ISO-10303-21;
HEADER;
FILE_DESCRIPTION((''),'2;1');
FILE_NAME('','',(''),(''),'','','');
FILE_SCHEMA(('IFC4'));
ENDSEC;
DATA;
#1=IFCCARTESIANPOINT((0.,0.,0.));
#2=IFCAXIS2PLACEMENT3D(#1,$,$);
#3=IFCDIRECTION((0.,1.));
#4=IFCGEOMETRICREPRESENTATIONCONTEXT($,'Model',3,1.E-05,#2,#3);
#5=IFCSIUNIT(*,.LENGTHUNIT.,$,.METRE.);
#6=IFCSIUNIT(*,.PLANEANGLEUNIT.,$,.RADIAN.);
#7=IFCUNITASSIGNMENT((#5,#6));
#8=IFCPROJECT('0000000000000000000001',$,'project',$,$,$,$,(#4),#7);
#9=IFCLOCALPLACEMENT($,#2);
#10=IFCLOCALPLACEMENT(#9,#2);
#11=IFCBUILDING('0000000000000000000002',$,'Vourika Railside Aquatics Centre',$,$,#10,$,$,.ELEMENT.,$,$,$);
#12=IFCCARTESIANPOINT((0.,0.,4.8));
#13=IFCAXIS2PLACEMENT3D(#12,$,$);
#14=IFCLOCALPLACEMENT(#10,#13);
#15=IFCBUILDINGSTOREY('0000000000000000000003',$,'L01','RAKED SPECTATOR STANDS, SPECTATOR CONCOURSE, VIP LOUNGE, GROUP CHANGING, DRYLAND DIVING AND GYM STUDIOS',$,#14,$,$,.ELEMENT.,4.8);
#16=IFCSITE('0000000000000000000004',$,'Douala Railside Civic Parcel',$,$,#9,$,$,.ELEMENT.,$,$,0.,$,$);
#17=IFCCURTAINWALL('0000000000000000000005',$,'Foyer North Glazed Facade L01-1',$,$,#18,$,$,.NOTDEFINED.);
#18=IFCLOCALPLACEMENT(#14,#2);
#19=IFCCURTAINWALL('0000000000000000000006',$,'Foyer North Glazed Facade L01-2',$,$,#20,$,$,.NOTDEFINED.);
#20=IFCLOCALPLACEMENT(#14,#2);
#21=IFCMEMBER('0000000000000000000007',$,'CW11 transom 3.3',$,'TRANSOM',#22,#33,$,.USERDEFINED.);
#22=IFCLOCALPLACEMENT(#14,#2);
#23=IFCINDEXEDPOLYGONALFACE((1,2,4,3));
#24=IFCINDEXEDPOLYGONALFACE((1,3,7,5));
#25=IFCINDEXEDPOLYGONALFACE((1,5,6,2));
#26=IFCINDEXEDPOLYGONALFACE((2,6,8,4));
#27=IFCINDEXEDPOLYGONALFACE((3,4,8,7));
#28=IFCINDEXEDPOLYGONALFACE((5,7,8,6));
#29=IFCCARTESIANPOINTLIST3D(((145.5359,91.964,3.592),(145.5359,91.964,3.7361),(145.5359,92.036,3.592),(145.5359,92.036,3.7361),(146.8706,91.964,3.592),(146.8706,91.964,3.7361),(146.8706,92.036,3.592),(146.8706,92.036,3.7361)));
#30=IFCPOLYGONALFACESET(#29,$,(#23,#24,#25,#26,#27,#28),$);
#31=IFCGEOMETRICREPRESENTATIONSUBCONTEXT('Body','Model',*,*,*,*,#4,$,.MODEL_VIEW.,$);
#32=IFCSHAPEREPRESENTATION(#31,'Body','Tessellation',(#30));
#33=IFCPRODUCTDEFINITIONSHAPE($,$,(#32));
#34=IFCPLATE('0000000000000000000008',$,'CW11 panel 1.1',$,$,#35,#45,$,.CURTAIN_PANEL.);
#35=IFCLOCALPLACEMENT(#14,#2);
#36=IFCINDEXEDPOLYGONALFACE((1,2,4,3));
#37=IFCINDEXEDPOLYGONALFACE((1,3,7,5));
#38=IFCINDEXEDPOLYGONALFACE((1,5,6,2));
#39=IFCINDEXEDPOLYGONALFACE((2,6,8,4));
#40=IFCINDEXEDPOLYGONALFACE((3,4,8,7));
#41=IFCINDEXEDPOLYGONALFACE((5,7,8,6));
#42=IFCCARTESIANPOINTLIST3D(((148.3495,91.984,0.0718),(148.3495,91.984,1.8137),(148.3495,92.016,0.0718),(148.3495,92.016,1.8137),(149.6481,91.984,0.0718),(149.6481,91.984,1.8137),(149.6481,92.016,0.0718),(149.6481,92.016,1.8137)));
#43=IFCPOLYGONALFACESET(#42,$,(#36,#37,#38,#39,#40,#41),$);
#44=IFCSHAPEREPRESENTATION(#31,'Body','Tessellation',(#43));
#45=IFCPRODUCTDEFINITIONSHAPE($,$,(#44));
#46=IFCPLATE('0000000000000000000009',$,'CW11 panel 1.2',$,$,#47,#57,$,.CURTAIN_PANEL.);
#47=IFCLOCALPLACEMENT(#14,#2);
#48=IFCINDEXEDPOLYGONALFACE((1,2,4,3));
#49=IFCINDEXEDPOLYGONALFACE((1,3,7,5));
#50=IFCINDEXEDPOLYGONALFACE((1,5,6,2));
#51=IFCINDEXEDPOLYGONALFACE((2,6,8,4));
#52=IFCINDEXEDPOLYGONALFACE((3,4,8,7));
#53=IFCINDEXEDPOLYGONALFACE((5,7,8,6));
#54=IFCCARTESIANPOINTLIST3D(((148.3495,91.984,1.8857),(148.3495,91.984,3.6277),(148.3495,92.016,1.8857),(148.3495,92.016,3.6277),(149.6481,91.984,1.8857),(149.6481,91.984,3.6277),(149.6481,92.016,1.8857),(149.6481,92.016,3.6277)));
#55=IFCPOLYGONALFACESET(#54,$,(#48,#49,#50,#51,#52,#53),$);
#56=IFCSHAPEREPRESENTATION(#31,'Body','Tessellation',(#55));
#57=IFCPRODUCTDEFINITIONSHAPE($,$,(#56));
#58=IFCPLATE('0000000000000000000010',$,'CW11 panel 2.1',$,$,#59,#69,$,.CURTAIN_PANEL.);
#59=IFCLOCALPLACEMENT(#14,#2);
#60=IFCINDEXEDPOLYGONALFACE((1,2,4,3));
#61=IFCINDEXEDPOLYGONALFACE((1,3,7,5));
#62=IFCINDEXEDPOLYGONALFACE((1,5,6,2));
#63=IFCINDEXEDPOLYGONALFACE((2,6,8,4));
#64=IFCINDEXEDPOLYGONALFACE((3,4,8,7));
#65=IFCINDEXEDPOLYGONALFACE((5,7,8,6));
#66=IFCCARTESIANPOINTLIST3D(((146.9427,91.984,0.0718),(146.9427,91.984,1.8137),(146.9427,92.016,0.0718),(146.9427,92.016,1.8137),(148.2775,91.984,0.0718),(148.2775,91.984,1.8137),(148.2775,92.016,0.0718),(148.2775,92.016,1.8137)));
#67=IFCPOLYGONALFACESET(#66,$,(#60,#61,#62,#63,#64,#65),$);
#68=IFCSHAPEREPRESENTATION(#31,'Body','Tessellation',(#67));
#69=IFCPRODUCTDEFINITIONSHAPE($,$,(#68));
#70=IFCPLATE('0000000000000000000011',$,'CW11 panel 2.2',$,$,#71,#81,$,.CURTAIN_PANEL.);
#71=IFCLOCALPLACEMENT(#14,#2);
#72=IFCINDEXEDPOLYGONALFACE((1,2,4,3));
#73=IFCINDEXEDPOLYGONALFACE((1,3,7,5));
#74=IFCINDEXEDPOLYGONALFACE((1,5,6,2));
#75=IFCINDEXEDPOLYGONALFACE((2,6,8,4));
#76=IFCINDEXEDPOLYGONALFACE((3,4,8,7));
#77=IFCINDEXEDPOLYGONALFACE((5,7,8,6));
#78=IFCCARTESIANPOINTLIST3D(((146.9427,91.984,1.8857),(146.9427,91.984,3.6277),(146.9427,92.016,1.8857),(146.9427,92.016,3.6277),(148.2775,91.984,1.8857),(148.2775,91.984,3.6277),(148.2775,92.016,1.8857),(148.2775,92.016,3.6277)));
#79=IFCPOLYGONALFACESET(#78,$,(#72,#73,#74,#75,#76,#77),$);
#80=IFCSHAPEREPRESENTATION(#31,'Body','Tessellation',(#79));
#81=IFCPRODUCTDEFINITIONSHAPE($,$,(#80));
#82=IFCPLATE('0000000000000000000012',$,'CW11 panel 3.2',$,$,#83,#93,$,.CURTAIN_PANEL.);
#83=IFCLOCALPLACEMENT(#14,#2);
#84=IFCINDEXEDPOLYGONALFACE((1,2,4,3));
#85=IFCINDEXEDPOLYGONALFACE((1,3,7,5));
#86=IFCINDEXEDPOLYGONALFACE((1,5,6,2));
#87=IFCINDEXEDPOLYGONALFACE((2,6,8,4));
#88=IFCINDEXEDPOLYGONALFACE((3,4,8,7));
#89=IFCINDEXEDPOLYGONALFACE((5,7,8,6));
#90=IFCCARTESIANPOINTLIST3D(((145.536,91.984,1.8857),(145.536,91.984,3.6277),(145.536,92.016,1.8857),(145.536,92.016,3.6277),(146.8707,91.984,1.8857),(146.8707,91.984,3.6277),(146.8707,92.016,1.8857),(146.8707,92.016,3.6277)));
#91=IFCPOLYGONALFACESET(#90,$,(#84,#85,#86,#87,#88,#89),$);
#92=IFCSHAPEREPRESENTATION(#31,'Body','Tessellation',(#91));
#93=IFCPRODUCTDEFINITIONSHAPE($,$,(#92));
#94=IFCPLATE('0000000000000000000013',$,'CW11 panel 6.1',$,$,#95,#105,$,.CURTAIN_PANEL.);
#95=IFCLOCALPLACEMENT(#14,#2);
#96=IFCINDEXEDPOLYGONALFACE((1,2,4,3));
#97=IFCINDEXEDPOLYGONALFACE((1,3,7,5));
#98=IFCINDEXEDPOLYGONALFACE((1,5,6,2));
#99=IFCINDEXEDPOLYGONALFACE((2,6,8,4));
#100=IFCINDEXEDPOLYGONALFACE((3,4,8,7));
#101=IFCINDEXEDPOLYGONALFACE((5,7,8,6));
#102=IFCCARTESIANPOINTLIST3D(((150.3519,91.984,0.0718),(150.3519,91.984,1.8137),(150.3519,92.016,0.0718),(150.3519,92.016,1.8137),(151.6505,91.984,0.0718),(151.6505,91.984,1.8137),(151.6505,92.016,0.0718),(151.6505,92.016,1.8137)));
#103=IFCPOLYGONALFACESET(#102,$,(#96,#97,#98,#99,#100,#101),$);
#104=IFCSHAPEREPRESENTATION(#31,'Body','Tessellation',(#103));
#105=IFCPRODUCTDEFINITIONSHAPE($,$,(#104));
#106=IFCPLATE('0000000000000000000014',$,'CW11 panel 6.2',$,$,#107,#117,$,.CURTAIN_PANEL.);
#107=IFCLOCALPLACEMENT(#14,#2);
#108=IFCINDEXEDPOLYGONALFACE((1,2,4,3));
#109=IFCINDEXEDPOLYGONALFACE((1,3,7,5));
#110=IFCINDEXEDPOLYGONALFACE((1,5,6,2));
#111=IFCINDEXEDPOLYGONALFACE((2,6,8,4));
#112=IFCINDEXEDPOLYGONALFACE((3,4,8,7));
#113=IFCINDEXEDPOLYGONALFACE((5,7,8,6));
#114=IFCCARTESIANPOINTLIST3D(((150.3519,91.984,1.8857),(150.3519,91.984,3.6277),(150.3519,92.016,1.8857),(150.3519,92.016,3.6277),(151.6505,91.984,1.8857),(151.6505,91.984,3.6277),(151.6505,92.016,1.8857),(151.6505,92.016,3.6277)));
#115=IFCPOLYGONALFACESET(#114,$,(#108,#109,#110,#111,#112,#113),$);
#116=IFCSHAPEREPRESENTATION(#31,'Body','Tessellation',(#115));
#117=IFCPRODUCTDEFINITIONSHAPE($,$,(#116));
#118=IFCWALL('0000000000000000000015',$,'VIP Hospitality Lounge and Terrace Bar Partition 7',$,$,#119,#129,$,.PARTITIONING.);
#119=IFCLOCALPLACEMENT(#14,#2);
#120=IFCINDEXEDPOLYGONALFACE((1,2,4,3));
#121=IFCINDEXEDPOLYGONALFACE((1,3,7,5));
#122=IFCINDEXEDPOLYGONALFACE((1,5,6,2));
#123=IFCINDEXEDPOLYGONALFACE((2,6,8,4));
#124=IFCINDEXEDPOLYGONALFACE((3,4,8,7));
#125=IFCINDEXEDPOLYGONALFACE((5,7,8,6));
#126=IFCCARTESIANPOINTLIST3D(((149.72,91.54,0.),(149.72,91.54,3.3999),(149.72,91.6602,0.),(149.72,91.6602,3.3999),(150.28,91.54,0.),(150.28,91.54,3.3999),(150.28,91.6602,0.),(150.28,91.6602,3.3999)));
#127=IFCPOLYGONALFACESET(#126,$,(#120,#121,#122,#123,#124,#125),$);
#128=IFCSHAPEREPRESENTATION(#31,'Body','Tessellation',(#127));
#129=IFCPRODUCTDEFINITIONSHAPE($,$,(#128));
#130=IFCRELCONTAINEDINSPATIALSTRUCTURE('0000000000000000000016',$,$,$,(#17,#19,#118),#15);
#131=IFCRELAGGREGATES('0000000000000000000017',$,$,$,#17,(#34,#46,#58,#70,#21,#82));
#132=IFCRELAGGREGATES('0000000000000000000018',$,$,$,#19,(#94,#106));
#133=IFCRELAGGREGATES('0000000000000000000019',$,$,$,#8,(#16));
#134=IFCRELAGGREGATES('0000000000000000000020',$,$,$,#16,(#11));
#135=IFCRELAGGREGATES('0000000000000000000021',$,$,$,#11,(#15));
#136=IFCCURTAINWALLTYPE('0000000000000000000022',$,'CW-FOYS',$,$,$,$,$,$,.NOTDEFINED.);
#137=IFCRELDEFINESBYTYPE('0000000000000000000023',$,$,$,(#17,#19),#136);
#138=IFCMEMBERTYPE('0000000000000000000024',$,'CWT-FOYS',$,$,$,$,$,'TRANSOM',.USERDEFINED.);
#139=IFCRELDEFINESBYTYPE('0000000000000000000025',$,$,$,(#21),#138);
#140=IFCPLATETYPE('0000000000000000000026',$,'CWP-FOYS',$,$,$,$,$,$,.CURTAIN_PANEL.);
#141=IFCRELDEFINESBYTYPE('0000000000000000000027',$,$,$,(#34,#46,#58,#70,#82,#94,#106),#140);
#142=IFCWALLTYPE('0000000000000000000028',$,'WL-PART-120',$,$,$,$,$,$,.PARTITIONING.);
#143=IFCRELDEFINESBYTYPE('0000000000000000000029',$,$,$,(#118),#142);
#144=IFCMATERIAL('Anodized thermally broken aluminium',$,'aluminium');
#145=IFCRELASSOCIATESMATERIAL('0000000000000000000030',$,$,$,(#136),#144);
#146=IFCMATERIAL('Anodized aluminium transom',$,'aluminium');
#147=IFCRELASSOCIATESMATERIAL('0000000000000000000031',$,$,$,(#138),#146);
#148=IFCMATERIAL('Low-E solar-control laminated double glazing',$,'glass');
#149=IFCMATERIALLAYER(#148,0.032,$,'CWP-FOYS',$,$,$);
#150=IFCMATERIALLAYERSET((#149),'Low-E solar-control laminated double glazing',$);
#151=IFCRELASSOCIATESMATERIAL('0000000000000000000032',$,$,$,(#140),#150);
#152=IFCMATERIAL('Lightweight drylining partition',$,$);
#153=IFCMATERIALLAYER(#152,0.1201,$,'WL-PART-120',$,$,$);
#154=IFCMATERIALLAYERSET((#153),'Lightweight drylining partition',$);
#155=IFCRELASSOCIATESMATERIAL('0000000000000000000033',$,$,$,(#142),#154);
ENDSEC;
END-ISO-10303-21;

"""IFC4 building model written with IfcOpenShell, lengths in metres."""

from ifc_helpers import new_model, si_unit, direction, frame, frame_2d, origin, origin_2d, place, context, subcontext, project, spatial, rectangle, extrude, material, layer, layer_set, material_profile, profile_set, type_object, element, aggregate, save


model = new_model("IFC4")

# Units and contexts
model_context = context("Model", 3, precision=1e-05, world=origin(), true_north=direction((0.0, 1.0)))
body_context = subcontext(model_context, "Body", "Model", "MODEL_VIEW")
ifc_project = project(units=[si_unit("LENGTHUNIT", "METRE"), si_unit("PLANEANGLEUNIT", "RADIAN")], contexts=[model_context])

# Site, building, storey
site_placement = place(None, origin())
site = spatial("IfcSite", under=ifc_project, at=site_placement, Name="Douala Railside Civic Parcel", CompositionType="ELEMENT", RefElevation=0.0)
building_placement = place(site_placement, origin())
building = spatial("IfcBuilding", under=site, at=building_placement, Name="Vourika Railside Aquatics Centre", CompositionType="ELEMENT")
storey_placement = place(building_placement, frame((0.0, 0.0, 4.8)))
storey = spatial("IfcBuildingStorey", under=building, at=storey_placement, Name="L01", Description="RAKED SPECTATOR STANDS, SPECTATOR CONCOURSE, VIP LOUNGE, GROUP CHANGING, DRYLAND DIVING AND GYM STUDIOS", CompositionType="ELEMENT", Elevation=4.8)

# Curtain wall
ifc_material_1 = material(Name="Anodized thermally broken aluminium", Category="aluminium")
curtain_wall_type = type_object("IfcCurtainWallType", Name="CW-FOYS", PredefinedType="NOTDEFINED", material=ifc_material_1)
curtain_wall_1_placement = place(storey_placement, origin())
curtain_wall_1 = element("IfcCurtainWall", 1, at=curtain_wall_1_placement, inside=storey, type_object=curtain_wall_type, Name="Foyer North Glazed Facade L01-1", PredefinedType="NOTDEFINED")

# Curtain wall
curtain_wall_2_placement = place(storey_placement, origin())
curtain_wall_2 = element("IfcCurtainWall", 2, at=curtain_wall_2_placement, inside=storey, type_object=curtain_wall_type, Name="Foyer North Glazed Facade L01-2", PredefinedType="NOTDEFINED")

# Member
ifc_material_2 = material(Name="Anodized aluminium transom", Category="aluminium")
ifc_material_profile_1 = material_profile(ifc_material_2, rectangle(XDim=0.072, YDim=0.144, at=origin_2d()), Name="ALU-T 72x144")
ifc_profile_set_1 = profile_set([ifc_material_profile_1], Name="Anodized aluminium transom")
member_type_1 = type_object("IfcMemberType", Name="CWT-FOYS", ElementType="TRANSOM", PredefinedType="USERDEFINED", material=ifc_profile_set_1)
member_1_placement = place(storey_placement, frame((146.8706, 92.0, 3.6641), z_axis=(-1.0, 0.0, 0.0), x_axis=(0.0, -1.0, 0.0)))
member_1 = element("IfcMember", 3, at=member_1_placement, type_object=member_type_1, Name="CW11 transom 3.3", ObjectType="TRANSOM", PredefinedType="USERDEFINED", context=body_context, shape_type="SweptSolid", body=[
    extrude(rectangle(XDim=0.072, YDim=0.144, at=origin_2d()), origin(), (0.0, 0.0, 1.0), 1.3347),
])

# Plates
ifc_material_3 = material(Name="Low-E solar-control laminated double glazing", Category="glass")
ifc_layer_1 = layer(ifc_material_3, 0.032, Name="CWP-FOYS")
ifc_layer_set_1 = layer_set([ifc_layer_1], Name="Low-E solar-control laminated double glazing")
plate_type = type_object("IfcPlateType", Name="CWP-FOYS", PredefinedType="CURTAIN_PANEL", material=ifc_layer_set_1)
plate_1_placement = place(storey_placement, frame((148.9988, 92.0, 0.0718), z_axis=(0.0, 0.0, 1.0), x_axis=(-1.0, 0.0, 0.0)))
plate_1 = element("IfcPlate", 4, at=plate_1_placement, type_object=plate_type, Name="CW11 panel 1.1", PredefinedType="CURTAIN_PANEL", context=body_context, shape_type="SweptSolid", body=[
    extrude(rectangle(XDim=1.2986, YDim=0.032, at=origin_2d()), origin(), (0.0, 0.0, 1.0), 1.7419),
])
plate_2_placement = place(storey_placement, frame((148.9988, 92.0, 1.8857), z_axis=(0.0, 0.0, 1.0), x_axis=(-1.0, 0.0, 0.0)))
plate_2 = element("IfcPlate", 5, at=plate_2_placement, type_object=plate_type, Name="CW11 panel 1.2", PredefinedType="CURTAIN_PANEL", context=body_context, shape_type="SweptSolid", body=[
    extrude(rectangle(XDim=1.2986, YDim=0.032, at=origin_2d()), origin(), (0.0, 0.0, 1.0), 1.7419),
])
plate_3_placement = place(storey_placement, frame((147.6101, 92.0, 0.0718), z_axis=(0.0, 0.0, 1.0), x_axis=(-1.0, 0.0, 0.0)))
plate_3 = element("IfcPlate", 6, at=plate_3_placement, type_object=plate_type, Name="CW11 panel 2.1", PredefinedType="CURTAIN_PANEL", context=body_context, shape_type="SweptSolid", body=[
    extrude(rectangle(XDim=1.3347, YDim=0.032, at=origin_2d()), origin(), (0.0, 0.0, 1.0), 1.7419),
])
plate_4_placement = place(storey_placement, frame((147.6101, 92.0, 1.8857), z_axis=(0.0, 0.0, 1.0), x_axis=(-1.0, 0.0, 0.0)))
plate_4 = element("IfcPlate", 7, at=plate_4_placement, type_object=plate_type, Name="CW11 panel 2.2", PredefinedType="CURTAIN_PANEL", context=body_context, shape_type="SweptSolid", body=[
    extrude(rectangle(XDim=1.3347, YDim=0.032, at=origin_2d()), origin(), (0.0, 0.0, 1.0), 1.7419),
])
plate_5_placement = place(storey_placement, frame((146.2034, 92.0, 1.8857), z_axis=(0.0, 0.0, 1.0), x_axis=(-1.0, 0.0, 0.0)))
plate_5 = element("IfcPlate", 8, at=plate_5_placement, type_object=plate_type, Name="CW11 panel 3.2", PredefinedType="CURTAIN_PANEL", context=body_context, shape_type="SweptSolid", body=[
    extrude(rectangle(XDim=1.3347, YDim=0.032, at=origin_2d()), origin(), (0.0, 0.0, 1.0), 1.7419),
])
aggregate(curtain_wall_1, [plate_1, plate_2, plate_3, plate_4, member_1, plate_5])
plate_6_placement = place(storey_placement, frame((151.0012, 92.0, 0.0718), z_axis=(0.0, 0.0, 1.0), x_axis=(-1.0, 0.0, 0.0)))
plate_6 = element("IfcPlate", 9, at=plate_6_placement, type_object=plate_type, Name="CW11 panel 6.1", PredefinedType="CURTAIN_PANEL", context=body_context, shape_type="SweptSolid", body=[
    extrude(rectangle(XDim=1.2986, YDim=0.032, at=origin_2d()), origin(), (0.0, 0.0, 1.0), 1.7419),
])
plate_7_placement = place(storey_placement, frame((151.0012, 92.0, 1.8857), z_axis=(0.0, 0.0, 1.0), x_axis=(-1.0, 0.0, 0.0)))
plate_7 = element("IfcPlate", 10, at=plate_7_placement, type_object=plate_type, Name="CW11 panel 6.2", PredefinedType="CURTAIN_PANEL", context=body_context, shape_type="SweptSolid", body=[
    extrude(rectangle(XDim=1.2986, YDim=0.032, at=origin_2d()), origin(), (0.0, 0.0, 1.0), 1.7419),
])
aggregate(curtain_wall_2, [plate_6, plate_7])

# Wall
ifc_material_4 = material(Name="Lightweight drylining partition")
ifc_layer_2 = layer(ifc_material_4, 0.1201, Name="WL-PART-120")
ifc_layer_set_2 = layer_set([ifc_layer_2], Name="Lightweight drylining partition")
wall_type = type_object("IfcWallType", Name="WL-PART-120", PredefinedType="PARTITIONING", material=ifc_layer_set_2)
wall_placement = place(storey_placement, frame((149.72, 91.6001, 0.0), z_axis=(0.0, 0.0, 1.0), x_axis=(1.0, 0.0, 0.0)))
element("IfcWall", 11, at=wall_placement, inside=storey, type_object=wall_type, Name="VIP Hospitality Lounge and Terrace Bar Partition 7", PredefinedType="PARTITIONING", context=body_context, shape_type="SweptSolid", body=[
    extrude(rectangle(XDim=0.5601, YDim=0.1201, at=frame_2d((0.28, 0.0))), origin(), (0.0, 0.0, 1.0), 3.3999),
])

save(model, "model.ifc")
